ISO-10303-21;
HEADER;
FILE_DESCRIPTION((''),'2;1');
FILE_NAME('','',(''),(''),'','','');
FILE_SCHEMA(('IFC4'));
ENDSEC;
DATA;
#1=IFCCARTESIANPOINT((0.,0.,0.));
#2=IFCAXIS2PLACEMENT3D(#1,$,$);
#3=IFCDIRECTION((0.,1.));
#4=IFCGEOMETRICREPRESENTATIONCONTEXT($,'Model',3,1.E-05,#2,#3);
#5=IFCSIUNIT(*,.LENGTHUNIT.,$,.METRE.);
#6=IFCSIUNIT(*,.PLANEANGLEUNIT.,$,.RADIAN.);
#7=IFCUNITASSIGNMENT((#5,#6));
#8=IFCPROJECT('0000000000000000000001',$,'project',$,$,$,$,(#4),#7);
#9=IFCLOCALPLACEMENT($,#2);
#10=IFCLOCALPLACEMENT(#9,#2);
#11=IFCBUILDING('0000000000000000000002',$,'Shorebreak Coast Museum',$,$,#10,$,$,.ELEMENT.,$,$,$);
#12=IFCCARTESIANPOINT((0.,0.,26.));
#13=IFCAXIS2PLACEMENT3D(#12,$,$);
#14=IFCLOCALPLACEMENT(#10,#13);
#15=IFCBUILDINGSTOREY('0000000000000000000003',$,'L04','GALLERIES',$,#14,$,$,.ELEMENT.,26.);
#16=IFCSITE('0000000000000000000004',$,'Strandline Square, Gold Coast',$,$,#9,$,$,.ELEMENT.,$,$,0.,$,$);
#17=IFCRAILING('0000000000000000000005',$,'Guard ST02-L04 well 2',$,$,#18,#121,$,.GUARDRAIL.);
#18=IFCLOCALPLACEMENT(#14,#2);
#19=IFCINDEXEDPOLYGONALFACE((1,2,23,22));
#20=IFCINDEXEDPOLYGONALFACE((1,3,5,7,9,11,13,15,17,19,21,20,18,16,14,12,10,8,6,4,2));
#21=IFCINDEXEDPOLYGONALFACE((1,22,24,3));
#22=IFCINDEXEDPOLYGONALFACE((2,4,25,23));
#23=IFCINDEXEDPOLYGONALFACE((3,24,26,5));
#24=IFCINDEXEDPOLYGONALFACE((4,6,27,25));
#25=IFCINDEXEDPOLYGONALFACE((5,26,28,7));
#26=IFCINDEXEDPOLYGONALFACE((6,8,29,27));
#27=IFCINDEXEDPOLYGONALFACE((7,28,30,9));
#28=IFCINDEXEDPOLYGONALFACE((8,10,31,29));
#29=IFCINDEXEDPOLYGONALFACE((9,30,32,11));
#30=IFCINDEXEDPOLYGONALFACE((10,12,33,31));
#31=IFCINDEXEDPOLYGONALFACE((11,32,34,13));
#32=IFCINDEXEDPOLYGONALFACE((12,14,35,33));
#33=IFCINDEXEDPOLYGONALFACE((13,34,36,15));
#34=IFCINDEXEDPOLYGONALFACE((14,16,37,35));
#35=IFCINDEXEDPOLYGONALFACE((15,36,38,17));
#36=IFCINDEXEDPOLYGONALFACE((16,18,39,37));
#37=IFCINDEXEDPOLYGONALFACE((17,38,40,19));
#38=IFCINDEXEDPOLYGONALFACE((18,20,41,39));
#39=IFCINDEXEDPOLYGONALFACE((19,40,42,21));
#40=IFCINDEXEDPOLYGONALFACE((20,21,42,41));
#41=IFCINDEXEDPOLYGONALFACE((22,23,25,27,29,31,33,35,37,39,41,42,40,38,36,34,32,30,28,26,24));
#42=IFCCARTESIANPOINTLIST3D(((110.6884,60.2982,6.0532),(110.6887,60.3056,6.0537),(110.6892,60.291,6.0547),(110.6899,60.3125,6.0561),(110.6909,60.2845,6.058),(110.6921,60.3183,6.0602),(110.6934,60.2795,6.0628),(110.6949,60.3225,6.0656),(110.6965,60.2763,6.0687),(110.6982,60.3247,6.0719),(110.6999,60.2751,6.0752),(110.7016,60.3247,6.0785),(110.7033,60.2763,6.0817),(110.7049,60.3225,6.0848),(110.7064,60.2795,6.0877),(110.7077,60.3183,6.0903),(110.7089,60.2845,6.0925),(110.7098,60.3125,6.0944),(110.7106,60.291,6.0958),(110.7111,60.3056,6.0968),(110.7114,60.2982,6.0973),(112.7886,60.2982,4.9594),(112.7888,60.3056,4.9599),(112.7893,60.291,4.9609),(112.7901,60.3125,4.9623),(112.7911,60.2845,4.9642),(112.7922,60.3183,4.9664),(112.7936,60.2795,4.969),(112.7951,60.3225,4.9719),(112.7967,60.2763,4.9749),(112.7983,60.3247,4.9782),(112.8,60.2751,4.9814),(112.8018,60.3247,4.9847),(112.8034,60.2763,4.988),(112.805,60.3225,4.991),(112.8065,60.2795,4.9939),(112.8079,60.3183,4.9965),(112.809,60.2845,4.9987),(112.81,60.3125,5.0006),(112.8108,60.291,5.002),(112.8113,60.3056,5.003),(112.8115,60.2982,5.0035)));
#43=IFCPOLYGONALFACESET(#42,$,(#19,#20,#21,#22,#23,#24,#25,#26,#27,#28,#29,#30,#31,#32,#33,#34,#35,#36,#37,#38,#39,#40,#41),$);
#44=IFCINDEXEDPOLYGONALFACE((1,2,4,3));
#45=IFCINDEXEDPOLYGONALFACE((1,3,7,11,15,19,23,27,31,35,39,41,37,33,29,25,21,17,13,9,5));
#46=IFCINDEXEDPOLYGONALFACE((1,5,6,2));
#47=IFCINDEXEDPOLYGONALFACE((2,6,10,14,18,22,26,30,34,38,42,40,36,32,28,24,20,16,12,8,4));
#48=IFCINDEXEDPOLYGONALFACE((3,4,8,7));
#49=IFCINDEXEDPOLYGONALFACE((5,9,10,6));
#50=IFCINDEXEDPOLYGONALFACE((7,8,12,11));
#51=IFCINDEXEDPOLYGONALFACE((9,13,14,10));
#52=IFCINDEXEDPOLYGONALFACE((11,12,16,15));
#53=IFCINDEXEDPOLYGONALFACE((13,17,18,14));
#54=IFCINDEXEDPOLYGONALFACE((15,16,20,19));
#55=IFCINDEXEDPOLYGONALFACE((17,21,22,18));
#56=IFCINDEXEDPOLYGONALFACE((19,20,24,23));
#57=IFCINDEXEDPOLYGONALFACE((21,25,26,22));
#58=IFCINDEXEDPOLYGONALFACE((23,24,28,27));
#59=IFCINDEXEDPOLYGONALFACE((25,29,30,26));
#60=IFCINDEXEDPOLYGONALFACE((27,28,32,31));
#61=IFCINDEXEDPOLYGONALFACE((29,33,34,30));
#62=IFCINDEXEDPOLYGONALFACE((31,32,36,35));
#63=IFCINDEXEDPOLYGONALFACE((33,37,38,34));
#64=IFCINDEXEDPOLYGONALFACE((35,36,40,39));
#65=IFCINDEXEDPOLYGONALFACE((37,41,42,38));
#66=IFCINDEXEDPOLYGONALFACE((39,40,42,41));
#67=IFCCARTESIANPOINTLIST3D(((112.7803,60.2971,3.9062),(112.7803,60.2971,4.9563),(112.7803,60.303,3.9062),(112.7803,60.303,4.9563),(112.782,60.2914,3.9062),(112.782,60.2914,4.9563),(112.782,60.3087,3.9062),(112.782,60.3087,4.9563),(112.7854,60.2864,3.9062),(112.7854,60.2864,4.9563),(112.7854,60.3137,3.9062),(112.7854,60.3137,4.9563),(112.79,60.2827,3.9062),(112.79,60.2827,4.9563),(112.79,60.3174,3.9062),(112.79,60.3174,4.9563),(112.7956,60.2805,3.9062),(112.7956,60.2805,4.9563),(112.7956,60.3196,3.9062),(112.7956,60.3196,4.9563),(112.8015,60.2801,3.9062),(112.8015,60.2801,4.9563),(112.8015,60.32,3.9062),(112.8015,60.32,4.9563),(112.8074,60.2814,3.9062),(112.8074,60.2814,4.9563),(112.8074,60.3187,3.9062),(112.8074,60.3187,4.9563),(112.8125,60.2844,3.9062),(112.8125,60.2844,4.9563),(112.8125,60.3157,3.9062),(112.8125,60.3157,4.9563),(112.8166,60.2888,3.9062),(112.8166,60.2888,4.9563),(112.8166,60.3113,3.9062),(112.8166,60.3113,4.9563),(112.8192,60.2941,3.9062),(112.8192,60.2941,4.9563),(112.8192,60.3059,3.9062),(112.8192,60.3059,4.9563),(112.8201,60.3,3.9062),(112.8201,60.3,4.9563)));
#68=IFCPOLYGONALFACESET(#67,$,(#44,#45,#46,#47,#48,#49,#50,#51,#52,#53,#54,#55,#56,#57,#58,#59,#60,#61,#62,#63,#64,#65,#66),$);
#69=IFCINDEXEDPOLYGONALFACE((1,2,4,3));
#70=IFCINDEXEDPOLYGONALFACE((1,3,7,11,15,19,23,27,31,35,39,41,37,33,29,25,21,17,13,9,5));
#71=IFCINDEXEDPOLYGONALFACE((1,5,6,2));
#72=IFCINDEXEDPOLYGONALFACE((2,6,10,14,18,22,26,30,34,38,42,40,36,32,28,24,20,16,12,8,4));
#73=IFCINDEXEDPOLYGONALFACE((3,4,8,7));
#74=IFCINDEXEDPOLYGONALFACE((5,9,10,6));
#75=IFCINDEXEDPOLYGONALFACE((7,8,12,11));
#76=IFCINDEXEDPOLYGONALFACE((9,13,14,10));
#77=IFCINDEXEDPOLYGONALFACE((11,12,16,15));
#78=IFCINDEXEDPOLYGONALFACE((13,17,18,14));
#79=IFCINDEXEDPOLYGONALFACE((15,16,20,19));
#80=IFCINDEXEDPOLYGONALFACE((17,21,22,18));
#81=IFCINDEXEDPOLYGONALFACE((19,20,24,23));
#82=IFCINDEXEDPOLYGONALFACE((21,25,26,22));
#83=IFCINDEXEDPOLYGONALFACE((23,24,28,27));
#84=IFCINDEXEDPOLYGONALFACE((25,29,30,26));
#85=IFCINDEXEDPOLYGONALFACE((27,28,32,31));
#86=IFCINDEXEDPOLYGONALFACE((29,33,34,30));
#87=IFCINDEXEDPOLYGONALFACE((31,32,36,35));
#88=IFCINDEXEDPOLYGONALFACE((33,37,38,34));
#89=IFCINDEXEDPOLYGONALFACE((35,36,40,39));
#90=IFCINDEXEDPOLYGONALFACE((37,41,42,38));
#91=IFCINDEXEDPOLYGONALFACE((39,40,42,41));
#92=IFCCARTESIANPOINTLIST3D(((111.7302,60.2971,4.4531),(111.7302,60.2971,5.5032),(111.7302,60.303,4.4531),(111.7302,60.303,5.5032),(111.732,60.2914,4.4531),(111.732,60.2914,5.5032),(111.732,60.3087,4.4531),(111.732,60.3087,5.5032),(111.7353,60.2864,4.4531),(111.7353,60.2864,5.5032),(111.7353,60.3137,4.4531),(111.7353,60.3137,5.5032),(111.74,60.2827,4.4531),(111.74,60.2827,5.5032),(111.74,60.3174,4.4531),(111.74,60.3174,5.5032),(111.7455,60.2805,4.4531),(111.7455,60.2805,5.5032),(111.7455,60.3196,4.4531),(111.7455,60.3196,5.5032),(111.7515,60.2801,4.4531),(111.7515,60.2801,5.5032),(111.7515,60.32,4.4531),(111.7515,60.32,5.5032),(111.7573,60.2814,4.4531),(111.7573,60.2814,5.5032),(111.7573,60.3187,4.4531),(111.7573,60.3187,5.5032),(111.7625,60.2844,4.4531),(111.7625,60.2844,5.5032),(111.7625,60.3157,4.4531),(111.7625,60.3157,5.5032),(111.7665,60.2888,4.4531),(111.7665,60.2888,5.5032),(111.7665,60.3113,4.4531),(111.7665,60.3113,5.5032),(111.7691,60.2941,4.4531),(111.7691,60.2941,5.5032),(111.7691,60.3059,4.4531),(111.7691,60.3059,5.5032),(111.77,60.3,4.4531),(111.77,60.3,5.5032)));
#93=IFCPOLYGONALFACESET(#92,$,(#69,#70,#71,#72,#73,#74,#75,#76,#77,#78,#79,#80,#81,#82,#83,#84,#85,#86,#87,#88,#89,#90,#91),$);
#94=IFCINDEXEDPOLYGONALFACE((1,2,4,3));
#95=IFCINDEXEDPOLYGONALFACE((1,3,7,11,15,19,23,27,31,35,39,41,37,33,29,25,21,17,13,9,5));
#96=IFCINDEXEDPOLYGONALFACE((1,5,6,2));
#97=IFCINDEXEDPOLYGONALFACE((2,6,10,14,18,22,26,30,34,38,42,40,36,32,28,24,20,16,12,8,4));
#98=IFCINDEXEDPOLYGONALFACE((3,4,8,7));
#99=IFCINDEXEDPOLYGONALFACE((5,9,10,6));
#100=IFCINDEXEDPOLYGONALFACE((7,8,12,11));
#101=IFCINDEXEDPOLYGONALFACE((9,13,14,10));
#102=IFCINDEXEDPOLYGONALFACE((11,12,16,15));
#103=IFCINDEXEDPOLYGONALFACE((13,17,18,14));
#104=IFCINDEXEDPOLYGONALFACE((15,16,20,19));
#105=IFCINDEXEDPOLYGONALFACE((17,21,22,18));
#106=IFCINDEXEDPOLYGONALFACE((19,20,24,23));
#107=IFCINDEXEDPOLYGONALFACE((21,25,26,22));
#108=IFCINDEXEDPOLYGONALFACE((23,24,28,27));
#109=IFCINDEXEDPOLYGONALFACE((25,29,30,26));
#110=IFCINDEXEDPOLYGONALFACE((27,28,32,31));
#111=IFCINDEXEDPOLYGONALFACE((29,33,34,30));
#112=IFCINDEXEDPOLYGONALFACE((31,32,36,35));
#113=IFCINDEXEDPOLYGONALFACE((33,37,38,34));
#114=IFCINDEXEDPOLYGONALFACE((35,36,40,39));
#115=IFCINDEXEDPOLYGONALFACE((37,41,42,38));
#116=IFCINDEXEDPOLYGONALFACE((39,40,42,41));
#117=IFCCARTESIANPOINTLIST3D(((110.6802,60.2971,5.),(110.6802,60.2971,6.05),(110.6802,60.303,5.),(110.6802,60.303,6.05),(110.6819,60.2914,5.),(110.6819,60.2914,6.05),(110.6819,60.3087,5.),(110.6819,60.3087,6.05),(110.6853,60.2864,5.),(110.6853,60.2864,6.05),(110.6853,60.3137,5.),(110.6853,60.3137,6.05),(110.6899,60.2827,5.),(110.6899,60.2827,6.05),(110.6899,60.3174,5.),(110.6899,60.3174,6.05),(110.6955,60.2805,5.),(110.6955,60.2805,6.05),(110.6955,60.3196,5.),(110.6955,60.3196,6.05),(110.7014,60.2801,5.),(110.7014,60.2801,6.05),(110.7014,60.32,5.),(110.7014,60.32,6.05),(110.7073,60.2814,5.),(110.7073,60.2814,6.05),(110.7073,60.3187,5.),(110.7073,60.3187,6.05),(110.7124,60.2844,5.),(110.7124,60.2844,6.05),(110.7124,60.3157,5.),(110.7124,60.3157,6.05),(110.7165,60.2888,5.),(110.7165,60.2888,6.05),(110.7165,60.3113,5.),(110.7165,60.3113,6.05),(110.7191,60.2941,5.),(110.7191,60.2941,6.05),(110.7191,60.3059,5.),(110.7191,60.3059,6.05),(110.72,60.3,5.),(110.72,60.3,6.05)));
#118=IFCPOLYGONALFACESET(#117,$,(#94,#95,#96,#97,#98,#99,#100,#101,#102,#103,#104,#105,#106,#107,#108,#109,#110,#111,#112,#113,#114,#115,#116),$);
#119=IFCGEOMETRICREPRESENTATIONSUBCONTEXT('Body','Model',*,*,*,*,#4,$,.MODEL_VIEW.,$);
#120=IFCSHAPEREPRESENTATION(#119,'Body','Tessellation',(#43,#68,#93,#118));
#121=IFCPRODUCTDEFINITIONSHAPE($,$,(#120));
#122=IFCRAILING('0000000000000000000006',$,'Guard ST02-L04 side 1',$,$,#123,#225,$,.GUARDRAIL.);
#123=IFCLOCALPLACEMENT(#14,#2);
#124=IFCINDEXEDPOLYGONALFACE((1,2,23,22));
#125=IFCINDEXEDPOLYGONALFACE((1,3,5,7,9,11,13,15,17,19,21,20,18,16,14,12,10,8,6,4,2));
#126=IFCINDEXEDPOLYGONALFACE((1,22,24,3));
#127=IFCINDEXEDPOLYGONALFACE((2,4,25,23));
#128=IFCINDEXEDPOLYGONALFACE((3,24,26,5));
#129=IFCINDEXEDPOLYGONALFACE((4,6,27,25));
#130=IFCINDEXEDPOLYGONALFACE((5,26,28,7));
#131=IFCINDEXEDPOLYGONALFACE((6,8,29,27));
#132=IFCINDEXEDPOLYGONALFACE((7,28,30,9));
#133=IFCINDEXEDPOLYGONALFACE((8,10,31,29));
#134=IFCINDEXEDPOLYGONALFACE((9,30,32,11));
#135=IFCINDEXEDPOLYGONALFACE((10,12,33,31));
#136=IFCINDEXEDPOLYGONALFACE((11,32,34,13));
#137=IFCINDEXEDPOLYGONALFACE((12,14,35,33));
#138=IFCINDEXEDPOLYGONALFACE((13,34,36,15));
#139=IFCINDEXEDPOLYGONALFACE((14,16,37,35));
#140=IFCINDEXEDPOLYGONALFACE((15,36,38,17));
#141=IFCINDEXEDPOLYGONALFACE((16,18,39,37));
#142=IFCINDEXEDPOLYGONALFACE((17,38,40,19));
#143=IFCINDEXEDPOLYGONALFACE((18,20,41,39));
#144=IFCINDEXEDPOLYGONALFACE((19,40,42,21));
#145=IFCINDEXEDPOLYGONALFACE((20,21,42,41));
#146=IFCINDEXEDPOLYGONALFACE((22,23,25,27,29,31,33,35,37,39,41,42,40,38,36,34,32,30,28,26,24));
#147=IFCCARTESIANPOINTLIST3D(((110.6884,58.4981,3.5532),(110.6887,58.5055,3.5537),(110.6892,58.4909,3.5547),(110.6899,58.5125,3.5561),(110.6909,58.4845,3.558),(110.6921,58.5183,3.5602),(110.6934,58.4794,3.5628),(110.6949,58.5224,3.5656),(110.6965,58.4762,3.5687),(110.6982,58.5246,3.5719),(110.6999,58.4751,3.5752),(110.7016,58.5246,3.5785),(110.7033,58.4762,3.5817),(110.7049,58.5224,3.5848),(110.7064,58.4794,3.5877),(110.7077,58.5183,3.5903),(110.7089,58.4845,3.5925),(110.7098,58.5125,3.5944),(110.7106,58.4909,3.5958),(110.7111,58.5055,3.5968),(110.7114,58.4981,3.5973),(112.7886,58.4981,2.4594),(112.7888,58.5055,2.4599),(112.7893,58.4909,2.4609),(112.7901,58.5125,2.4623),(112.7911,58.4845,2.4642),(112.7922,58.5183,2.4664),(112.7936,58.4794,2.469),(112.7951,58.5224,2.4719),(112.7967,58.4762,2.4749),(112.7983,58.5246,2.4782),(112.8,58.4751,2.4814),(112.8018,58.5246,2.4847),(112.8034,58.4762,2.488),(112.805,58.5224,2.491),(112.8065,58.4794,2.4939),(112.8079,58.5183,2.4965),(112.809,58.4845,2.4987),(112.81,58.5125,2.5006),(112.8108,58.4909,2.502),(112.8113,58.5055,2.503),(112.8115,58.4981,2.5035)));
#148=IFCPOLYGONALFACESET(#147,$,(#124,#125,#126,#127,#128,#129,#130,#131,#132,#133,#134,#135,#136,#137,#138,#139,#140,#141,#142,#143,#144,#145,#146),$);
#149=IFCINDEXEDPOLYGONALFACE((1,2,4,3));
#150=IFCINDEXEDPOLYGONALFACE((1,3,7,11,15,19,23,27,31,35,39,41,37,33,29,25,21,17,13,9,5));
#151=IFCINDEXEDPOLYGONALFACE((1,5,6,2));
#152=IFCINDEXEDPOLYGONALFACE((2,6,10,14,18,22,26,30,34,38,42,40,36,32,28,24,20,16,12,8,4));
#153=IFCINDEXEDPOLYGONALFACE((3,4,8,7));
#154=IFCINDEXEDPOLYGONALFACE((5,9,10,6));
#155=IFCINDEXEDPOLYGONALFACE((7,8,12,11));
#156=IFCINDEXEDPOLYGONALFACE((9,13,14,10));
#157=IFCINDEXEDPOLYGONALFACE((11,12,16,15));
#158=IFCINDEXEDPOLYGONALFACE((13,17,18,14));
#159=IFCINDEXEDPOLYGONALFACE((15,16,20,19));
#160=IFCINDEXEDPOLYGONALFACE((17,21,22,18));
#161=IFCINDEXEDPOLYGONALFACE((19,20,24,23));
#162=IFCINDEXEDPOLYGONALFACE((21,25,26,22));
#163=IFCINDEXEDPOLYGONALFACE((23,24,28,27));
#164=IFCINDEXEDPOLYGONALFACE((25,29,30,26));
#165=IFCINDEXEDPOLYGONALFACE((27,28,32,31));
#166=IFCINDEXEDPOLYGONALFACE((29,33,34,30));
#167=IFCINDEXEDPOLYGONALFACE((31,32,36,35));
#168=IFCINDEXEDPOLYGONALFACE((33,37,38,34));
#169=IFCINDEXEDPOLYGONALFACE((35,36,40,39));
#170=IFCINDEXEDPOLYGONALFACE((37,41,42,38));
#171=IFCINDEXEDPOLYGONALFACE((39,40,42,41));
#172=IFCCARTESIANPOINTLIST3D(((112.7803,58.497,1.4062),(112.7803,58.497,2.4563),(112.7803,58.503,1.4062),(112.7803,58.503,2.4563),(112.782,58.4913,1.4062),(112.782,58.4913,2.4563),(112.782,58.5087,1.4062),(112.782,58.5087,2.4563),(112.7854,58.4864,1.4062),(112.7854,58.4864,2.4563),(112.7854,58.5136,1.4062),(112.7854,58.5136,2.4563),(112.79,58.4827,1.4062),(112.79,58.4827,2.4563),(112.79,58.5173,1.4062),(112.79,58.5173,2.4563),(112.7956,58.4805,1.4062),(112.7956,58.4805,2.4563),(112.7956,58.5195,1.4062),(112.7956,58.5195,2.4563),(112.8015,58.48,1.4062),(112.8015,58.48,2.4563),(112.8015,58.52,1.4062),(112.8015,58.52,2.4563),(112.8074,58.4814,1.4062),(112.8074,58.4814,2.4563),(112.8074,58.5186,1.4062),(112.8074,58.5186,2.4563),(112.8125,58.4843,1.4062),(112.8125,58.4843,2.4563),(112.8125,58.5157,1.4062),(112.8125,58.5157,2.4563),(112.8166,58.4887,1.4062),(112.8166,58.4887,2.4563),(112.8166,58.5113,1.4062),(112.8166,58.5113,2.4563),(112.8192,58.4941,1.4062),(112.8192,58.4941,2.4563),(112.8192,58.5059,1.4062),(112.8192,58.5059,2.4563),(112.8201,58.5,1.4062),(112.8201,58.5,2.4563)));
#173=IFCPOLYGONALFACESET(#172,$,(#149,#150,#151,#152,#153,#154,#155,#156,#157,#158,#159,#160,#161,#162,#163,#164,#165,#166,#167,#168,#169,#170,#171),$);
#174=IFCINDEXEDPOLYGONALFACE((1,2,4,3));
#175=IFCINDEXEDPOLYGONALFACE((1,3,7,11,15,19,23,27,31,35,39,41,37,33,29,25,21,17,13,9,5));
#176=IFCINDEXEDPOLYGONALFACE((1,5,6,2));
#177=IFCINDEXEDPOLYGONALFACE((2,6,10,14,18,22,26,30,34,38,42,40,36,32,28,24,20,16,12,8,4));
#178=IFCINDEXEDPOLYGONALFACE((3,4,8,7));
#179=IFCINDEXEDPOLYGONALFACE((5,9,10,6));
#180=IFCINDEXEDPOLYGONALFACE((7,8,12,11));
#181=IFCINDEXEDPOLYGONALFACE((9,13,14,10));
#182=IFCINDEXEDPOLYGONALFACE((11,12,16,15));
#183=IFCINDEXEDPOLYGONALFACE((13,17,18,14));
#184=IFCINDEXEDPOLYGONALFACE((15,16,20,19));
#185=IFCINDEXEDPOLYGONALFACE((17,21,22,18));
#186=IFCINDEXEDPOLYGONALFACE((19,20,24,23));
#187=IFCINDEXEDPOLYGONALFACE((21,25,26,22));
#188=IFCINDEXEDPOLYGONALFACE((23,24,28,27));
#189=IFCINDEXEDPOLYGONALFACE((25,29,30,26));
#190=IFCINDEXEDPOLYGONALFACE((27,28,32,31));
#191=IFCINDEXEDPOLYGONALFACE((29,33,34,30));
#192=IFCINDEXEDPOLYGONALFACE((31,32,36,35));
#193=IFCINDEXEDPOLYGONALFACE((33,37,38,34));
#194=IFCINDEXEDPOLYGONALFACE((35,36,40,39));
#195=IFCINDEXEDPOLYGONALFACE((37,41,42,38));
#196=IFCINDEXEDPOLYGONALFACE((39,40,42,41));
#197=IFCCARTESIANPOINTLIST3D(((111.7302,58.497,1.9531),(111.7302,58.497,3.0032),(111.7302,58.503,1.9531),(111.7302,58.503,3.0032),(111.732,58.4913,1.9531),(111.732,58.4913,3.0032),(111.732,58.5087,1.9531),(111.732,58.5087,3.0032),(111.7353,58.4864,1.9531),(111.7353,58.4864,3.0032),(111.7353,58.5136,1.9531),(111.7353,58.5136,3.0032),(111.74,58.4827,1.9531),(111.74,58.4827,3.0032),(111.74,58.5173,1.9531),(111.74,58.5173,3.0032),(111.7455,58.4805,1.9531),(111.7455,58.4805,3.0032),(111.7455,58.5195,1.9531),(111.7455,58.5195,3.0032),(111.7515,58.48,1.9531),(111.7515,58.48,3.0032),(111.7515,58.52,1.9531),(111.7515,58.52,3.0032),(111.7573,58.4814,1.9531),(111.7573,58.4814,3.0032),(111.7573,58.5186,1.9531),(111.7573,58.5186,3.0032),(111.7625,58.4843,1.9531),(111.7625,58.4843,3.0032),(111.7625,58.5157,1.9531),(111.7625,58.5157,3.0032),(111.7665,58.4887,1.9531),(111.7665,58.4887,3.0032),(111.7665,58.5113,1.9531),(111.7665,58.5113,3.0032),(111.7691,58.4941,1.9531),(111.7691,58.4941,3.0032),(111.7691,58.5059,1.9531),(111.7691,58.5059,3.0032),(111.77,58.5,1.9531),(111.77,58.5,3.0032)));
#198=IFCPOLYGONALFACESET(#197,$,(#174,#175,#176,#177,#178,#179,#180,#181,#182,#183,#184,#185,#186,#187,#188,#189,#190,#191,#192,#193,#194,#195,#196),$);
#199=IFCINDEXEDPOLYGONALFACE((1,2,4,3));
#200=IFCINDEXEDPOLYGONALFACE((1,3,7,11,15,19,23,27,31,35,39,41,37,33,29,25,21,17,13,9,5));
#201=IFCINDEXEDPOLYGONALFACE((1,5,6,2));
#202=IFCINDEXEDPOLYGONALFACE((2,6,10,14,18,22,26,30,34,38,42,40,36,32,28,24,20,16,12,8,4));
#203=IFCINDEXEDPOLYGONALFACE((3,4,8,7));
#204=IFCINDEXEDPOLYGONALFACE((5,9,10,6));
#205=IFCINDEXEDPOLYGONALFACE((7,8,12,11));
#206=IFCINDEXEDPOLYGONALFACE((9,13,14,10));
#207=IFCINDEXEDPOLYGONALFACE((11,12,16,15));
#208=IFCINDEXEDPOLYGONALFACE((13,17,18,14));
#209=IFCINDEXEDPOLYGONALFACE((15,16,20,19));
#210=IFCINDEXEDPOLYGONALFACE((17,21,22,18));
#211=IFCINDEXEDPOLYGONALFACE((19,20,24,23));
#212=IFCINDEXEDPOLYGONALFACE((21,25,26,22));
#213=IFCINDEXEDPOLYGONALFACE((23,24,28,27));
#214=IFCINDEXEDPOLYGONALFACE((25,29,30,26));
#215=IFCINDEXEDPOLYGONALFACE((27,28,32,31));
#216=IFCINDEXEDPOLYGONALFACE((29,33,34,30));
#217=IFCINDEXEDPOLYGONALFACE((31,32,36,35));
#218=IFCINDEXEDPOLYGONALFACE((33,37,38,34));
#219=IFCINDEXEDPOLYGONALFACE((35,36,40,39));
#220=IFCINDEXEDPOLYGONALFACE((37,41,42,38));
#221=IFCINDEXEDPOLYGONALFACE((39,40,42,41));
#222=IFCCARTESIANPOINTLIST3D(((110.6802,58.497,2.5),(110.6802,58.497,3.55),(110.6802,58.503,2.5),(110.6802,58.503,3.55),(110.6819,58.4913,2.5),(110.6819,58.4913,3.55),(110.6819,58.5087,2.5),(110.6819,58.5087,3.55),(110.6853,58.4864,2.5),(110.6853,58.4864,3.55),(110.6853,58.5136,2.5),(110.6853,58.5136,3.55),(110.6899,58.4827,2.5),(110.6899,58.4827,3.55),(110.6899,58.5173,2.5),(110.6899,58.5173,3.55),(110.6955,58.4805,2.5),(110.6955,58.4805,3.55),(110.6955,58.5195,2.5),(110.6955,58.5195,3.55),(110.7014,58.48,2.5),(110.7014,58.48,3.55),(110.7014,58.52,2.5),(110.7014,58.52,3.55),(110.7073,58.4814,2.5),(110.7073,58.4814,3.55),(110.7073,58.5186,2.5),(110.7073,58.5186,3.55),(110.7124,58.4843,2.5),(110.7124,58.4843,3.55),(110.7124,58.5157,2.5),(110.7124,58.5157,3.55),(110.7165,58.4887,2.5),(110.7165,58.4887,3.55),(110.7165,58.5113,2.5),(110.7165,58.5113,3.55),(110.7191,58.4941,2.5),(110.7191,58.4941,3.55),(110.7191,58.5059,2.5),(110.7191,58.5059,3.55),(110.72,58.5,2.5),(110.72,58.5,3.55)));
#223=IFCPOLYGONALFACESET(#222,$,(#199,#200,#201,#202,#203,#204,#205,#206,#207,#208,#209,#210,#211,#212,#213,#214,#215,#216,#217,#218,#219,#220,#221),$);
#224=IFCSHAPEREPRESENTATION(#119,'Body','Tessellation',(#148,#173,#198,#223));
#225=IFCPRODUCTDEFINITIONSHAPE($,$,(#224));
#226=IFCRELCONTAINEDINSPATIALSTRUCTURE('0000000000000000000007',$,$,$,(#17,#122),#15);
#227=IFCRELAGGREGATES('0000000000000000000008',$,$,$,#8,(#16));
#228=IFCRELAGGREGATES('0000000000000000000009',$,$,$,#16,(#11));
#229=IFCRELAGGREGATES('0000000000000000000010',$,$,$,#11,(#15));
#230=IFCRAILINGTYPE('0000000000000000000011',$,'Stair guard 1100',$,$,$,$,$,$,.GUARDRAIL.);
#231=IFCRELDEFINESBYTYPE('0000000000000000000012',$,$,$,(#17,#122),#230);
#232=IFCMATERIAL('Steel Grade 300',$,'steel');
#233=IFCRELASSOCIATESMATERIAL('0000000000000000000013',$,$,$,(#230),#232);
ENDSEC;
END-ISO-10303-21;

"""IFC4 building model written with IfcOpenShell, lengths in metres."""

from ifc_helpers import new_model, si_unit, direction, frame, origin, origin_2d, place, context, subcontext, project, spatial, circle, extrude, material, type_object, element, save


model = new_model("IFC4")

# Units and contexts
model_context = context("Model", 3, precision=1e-05, world=origin(), true_north=direction((0.0, 1.0)))
body_context = subcontext(model_context, "Body", "Model", "MODEL_VIEW")
ifc_project = project(units=[si_unit("LENGTHUNIT", "METRE"), si_unit("PLANEANGLEUNIT", "RADIAN")], contexts=[model_context])

# Site, building, storey
site_placement = place(None, origin())
site = spatial("IfcSite", under=ifc_project, at=site_placement, Name="Strandline Square, Gold Coast", CompositionType="ELEMENT", RefElevation=0.0)
building_placement = place(site_placement, origin())
building = spatial("IfcBuilding", under=site, at=building_placement, Name="Shorebreak Coast Museum", CompositionType="ELEMENT")
storey_placement = place(building_placement, frame((0.0, 0.0, 26.0)))
storey = spatial("IfcBuildingStorey", under=building, at=storey_placement, Name="L04", Description="GALLERIES", CompositionType="ELEMENT", Elevation=26.0)

# Railings
ifc_material_1 = material(Name="Steel Grade 300", Category="steel")
railing_type_1 = type_object("IfcRailingType", Name="Stair guard 1100", PredefinedType="GUARDRAIL", material=ifc_material_1)
for number, where, name in (
    (1, (112.8, 60.3, 3.9062), "Guard ST02-L04 well 2"),
    (2, (112.8, 58.5, 1.4062), "Guard ST02-L04 side 1"),
):
    element("IfcRailing", number, at=place(storey_placement, frame(where)), inside=storey, type_object=railing_type_1, Name=name, PredefinedType="GUARDRAIL", context=body_context, shape_type="SweptSolid", body=[
        extrude(circle(Radius=0.0249, at=origin_2d()), frame((0.0, 0.0, 1.0752), z_axis=(-0.886923, 0.0, 0.461918), x_axis=(0.0, -1.0, 0.0)), (0.0, 0.0, 1.0), 2.3679),
        extrude(circle(Radius=0.02, at=origin_2d()), origin(), (0.0, 0.0, 1.0), 1.05),
        extrude(circle(Radius=0.02, at=origin_2d()), frame((-1.05, 0.0, 0.5469)), (0.0, 0.0, 1.0), 1.05),
        extrude(circle(Radius=0.02, at=origin_2d()), frame((-2.1001, 0.0, 1.0938)), (0.0, 0.0, 1.0), 1.05),
    ])

save(model, "model.ifc")
